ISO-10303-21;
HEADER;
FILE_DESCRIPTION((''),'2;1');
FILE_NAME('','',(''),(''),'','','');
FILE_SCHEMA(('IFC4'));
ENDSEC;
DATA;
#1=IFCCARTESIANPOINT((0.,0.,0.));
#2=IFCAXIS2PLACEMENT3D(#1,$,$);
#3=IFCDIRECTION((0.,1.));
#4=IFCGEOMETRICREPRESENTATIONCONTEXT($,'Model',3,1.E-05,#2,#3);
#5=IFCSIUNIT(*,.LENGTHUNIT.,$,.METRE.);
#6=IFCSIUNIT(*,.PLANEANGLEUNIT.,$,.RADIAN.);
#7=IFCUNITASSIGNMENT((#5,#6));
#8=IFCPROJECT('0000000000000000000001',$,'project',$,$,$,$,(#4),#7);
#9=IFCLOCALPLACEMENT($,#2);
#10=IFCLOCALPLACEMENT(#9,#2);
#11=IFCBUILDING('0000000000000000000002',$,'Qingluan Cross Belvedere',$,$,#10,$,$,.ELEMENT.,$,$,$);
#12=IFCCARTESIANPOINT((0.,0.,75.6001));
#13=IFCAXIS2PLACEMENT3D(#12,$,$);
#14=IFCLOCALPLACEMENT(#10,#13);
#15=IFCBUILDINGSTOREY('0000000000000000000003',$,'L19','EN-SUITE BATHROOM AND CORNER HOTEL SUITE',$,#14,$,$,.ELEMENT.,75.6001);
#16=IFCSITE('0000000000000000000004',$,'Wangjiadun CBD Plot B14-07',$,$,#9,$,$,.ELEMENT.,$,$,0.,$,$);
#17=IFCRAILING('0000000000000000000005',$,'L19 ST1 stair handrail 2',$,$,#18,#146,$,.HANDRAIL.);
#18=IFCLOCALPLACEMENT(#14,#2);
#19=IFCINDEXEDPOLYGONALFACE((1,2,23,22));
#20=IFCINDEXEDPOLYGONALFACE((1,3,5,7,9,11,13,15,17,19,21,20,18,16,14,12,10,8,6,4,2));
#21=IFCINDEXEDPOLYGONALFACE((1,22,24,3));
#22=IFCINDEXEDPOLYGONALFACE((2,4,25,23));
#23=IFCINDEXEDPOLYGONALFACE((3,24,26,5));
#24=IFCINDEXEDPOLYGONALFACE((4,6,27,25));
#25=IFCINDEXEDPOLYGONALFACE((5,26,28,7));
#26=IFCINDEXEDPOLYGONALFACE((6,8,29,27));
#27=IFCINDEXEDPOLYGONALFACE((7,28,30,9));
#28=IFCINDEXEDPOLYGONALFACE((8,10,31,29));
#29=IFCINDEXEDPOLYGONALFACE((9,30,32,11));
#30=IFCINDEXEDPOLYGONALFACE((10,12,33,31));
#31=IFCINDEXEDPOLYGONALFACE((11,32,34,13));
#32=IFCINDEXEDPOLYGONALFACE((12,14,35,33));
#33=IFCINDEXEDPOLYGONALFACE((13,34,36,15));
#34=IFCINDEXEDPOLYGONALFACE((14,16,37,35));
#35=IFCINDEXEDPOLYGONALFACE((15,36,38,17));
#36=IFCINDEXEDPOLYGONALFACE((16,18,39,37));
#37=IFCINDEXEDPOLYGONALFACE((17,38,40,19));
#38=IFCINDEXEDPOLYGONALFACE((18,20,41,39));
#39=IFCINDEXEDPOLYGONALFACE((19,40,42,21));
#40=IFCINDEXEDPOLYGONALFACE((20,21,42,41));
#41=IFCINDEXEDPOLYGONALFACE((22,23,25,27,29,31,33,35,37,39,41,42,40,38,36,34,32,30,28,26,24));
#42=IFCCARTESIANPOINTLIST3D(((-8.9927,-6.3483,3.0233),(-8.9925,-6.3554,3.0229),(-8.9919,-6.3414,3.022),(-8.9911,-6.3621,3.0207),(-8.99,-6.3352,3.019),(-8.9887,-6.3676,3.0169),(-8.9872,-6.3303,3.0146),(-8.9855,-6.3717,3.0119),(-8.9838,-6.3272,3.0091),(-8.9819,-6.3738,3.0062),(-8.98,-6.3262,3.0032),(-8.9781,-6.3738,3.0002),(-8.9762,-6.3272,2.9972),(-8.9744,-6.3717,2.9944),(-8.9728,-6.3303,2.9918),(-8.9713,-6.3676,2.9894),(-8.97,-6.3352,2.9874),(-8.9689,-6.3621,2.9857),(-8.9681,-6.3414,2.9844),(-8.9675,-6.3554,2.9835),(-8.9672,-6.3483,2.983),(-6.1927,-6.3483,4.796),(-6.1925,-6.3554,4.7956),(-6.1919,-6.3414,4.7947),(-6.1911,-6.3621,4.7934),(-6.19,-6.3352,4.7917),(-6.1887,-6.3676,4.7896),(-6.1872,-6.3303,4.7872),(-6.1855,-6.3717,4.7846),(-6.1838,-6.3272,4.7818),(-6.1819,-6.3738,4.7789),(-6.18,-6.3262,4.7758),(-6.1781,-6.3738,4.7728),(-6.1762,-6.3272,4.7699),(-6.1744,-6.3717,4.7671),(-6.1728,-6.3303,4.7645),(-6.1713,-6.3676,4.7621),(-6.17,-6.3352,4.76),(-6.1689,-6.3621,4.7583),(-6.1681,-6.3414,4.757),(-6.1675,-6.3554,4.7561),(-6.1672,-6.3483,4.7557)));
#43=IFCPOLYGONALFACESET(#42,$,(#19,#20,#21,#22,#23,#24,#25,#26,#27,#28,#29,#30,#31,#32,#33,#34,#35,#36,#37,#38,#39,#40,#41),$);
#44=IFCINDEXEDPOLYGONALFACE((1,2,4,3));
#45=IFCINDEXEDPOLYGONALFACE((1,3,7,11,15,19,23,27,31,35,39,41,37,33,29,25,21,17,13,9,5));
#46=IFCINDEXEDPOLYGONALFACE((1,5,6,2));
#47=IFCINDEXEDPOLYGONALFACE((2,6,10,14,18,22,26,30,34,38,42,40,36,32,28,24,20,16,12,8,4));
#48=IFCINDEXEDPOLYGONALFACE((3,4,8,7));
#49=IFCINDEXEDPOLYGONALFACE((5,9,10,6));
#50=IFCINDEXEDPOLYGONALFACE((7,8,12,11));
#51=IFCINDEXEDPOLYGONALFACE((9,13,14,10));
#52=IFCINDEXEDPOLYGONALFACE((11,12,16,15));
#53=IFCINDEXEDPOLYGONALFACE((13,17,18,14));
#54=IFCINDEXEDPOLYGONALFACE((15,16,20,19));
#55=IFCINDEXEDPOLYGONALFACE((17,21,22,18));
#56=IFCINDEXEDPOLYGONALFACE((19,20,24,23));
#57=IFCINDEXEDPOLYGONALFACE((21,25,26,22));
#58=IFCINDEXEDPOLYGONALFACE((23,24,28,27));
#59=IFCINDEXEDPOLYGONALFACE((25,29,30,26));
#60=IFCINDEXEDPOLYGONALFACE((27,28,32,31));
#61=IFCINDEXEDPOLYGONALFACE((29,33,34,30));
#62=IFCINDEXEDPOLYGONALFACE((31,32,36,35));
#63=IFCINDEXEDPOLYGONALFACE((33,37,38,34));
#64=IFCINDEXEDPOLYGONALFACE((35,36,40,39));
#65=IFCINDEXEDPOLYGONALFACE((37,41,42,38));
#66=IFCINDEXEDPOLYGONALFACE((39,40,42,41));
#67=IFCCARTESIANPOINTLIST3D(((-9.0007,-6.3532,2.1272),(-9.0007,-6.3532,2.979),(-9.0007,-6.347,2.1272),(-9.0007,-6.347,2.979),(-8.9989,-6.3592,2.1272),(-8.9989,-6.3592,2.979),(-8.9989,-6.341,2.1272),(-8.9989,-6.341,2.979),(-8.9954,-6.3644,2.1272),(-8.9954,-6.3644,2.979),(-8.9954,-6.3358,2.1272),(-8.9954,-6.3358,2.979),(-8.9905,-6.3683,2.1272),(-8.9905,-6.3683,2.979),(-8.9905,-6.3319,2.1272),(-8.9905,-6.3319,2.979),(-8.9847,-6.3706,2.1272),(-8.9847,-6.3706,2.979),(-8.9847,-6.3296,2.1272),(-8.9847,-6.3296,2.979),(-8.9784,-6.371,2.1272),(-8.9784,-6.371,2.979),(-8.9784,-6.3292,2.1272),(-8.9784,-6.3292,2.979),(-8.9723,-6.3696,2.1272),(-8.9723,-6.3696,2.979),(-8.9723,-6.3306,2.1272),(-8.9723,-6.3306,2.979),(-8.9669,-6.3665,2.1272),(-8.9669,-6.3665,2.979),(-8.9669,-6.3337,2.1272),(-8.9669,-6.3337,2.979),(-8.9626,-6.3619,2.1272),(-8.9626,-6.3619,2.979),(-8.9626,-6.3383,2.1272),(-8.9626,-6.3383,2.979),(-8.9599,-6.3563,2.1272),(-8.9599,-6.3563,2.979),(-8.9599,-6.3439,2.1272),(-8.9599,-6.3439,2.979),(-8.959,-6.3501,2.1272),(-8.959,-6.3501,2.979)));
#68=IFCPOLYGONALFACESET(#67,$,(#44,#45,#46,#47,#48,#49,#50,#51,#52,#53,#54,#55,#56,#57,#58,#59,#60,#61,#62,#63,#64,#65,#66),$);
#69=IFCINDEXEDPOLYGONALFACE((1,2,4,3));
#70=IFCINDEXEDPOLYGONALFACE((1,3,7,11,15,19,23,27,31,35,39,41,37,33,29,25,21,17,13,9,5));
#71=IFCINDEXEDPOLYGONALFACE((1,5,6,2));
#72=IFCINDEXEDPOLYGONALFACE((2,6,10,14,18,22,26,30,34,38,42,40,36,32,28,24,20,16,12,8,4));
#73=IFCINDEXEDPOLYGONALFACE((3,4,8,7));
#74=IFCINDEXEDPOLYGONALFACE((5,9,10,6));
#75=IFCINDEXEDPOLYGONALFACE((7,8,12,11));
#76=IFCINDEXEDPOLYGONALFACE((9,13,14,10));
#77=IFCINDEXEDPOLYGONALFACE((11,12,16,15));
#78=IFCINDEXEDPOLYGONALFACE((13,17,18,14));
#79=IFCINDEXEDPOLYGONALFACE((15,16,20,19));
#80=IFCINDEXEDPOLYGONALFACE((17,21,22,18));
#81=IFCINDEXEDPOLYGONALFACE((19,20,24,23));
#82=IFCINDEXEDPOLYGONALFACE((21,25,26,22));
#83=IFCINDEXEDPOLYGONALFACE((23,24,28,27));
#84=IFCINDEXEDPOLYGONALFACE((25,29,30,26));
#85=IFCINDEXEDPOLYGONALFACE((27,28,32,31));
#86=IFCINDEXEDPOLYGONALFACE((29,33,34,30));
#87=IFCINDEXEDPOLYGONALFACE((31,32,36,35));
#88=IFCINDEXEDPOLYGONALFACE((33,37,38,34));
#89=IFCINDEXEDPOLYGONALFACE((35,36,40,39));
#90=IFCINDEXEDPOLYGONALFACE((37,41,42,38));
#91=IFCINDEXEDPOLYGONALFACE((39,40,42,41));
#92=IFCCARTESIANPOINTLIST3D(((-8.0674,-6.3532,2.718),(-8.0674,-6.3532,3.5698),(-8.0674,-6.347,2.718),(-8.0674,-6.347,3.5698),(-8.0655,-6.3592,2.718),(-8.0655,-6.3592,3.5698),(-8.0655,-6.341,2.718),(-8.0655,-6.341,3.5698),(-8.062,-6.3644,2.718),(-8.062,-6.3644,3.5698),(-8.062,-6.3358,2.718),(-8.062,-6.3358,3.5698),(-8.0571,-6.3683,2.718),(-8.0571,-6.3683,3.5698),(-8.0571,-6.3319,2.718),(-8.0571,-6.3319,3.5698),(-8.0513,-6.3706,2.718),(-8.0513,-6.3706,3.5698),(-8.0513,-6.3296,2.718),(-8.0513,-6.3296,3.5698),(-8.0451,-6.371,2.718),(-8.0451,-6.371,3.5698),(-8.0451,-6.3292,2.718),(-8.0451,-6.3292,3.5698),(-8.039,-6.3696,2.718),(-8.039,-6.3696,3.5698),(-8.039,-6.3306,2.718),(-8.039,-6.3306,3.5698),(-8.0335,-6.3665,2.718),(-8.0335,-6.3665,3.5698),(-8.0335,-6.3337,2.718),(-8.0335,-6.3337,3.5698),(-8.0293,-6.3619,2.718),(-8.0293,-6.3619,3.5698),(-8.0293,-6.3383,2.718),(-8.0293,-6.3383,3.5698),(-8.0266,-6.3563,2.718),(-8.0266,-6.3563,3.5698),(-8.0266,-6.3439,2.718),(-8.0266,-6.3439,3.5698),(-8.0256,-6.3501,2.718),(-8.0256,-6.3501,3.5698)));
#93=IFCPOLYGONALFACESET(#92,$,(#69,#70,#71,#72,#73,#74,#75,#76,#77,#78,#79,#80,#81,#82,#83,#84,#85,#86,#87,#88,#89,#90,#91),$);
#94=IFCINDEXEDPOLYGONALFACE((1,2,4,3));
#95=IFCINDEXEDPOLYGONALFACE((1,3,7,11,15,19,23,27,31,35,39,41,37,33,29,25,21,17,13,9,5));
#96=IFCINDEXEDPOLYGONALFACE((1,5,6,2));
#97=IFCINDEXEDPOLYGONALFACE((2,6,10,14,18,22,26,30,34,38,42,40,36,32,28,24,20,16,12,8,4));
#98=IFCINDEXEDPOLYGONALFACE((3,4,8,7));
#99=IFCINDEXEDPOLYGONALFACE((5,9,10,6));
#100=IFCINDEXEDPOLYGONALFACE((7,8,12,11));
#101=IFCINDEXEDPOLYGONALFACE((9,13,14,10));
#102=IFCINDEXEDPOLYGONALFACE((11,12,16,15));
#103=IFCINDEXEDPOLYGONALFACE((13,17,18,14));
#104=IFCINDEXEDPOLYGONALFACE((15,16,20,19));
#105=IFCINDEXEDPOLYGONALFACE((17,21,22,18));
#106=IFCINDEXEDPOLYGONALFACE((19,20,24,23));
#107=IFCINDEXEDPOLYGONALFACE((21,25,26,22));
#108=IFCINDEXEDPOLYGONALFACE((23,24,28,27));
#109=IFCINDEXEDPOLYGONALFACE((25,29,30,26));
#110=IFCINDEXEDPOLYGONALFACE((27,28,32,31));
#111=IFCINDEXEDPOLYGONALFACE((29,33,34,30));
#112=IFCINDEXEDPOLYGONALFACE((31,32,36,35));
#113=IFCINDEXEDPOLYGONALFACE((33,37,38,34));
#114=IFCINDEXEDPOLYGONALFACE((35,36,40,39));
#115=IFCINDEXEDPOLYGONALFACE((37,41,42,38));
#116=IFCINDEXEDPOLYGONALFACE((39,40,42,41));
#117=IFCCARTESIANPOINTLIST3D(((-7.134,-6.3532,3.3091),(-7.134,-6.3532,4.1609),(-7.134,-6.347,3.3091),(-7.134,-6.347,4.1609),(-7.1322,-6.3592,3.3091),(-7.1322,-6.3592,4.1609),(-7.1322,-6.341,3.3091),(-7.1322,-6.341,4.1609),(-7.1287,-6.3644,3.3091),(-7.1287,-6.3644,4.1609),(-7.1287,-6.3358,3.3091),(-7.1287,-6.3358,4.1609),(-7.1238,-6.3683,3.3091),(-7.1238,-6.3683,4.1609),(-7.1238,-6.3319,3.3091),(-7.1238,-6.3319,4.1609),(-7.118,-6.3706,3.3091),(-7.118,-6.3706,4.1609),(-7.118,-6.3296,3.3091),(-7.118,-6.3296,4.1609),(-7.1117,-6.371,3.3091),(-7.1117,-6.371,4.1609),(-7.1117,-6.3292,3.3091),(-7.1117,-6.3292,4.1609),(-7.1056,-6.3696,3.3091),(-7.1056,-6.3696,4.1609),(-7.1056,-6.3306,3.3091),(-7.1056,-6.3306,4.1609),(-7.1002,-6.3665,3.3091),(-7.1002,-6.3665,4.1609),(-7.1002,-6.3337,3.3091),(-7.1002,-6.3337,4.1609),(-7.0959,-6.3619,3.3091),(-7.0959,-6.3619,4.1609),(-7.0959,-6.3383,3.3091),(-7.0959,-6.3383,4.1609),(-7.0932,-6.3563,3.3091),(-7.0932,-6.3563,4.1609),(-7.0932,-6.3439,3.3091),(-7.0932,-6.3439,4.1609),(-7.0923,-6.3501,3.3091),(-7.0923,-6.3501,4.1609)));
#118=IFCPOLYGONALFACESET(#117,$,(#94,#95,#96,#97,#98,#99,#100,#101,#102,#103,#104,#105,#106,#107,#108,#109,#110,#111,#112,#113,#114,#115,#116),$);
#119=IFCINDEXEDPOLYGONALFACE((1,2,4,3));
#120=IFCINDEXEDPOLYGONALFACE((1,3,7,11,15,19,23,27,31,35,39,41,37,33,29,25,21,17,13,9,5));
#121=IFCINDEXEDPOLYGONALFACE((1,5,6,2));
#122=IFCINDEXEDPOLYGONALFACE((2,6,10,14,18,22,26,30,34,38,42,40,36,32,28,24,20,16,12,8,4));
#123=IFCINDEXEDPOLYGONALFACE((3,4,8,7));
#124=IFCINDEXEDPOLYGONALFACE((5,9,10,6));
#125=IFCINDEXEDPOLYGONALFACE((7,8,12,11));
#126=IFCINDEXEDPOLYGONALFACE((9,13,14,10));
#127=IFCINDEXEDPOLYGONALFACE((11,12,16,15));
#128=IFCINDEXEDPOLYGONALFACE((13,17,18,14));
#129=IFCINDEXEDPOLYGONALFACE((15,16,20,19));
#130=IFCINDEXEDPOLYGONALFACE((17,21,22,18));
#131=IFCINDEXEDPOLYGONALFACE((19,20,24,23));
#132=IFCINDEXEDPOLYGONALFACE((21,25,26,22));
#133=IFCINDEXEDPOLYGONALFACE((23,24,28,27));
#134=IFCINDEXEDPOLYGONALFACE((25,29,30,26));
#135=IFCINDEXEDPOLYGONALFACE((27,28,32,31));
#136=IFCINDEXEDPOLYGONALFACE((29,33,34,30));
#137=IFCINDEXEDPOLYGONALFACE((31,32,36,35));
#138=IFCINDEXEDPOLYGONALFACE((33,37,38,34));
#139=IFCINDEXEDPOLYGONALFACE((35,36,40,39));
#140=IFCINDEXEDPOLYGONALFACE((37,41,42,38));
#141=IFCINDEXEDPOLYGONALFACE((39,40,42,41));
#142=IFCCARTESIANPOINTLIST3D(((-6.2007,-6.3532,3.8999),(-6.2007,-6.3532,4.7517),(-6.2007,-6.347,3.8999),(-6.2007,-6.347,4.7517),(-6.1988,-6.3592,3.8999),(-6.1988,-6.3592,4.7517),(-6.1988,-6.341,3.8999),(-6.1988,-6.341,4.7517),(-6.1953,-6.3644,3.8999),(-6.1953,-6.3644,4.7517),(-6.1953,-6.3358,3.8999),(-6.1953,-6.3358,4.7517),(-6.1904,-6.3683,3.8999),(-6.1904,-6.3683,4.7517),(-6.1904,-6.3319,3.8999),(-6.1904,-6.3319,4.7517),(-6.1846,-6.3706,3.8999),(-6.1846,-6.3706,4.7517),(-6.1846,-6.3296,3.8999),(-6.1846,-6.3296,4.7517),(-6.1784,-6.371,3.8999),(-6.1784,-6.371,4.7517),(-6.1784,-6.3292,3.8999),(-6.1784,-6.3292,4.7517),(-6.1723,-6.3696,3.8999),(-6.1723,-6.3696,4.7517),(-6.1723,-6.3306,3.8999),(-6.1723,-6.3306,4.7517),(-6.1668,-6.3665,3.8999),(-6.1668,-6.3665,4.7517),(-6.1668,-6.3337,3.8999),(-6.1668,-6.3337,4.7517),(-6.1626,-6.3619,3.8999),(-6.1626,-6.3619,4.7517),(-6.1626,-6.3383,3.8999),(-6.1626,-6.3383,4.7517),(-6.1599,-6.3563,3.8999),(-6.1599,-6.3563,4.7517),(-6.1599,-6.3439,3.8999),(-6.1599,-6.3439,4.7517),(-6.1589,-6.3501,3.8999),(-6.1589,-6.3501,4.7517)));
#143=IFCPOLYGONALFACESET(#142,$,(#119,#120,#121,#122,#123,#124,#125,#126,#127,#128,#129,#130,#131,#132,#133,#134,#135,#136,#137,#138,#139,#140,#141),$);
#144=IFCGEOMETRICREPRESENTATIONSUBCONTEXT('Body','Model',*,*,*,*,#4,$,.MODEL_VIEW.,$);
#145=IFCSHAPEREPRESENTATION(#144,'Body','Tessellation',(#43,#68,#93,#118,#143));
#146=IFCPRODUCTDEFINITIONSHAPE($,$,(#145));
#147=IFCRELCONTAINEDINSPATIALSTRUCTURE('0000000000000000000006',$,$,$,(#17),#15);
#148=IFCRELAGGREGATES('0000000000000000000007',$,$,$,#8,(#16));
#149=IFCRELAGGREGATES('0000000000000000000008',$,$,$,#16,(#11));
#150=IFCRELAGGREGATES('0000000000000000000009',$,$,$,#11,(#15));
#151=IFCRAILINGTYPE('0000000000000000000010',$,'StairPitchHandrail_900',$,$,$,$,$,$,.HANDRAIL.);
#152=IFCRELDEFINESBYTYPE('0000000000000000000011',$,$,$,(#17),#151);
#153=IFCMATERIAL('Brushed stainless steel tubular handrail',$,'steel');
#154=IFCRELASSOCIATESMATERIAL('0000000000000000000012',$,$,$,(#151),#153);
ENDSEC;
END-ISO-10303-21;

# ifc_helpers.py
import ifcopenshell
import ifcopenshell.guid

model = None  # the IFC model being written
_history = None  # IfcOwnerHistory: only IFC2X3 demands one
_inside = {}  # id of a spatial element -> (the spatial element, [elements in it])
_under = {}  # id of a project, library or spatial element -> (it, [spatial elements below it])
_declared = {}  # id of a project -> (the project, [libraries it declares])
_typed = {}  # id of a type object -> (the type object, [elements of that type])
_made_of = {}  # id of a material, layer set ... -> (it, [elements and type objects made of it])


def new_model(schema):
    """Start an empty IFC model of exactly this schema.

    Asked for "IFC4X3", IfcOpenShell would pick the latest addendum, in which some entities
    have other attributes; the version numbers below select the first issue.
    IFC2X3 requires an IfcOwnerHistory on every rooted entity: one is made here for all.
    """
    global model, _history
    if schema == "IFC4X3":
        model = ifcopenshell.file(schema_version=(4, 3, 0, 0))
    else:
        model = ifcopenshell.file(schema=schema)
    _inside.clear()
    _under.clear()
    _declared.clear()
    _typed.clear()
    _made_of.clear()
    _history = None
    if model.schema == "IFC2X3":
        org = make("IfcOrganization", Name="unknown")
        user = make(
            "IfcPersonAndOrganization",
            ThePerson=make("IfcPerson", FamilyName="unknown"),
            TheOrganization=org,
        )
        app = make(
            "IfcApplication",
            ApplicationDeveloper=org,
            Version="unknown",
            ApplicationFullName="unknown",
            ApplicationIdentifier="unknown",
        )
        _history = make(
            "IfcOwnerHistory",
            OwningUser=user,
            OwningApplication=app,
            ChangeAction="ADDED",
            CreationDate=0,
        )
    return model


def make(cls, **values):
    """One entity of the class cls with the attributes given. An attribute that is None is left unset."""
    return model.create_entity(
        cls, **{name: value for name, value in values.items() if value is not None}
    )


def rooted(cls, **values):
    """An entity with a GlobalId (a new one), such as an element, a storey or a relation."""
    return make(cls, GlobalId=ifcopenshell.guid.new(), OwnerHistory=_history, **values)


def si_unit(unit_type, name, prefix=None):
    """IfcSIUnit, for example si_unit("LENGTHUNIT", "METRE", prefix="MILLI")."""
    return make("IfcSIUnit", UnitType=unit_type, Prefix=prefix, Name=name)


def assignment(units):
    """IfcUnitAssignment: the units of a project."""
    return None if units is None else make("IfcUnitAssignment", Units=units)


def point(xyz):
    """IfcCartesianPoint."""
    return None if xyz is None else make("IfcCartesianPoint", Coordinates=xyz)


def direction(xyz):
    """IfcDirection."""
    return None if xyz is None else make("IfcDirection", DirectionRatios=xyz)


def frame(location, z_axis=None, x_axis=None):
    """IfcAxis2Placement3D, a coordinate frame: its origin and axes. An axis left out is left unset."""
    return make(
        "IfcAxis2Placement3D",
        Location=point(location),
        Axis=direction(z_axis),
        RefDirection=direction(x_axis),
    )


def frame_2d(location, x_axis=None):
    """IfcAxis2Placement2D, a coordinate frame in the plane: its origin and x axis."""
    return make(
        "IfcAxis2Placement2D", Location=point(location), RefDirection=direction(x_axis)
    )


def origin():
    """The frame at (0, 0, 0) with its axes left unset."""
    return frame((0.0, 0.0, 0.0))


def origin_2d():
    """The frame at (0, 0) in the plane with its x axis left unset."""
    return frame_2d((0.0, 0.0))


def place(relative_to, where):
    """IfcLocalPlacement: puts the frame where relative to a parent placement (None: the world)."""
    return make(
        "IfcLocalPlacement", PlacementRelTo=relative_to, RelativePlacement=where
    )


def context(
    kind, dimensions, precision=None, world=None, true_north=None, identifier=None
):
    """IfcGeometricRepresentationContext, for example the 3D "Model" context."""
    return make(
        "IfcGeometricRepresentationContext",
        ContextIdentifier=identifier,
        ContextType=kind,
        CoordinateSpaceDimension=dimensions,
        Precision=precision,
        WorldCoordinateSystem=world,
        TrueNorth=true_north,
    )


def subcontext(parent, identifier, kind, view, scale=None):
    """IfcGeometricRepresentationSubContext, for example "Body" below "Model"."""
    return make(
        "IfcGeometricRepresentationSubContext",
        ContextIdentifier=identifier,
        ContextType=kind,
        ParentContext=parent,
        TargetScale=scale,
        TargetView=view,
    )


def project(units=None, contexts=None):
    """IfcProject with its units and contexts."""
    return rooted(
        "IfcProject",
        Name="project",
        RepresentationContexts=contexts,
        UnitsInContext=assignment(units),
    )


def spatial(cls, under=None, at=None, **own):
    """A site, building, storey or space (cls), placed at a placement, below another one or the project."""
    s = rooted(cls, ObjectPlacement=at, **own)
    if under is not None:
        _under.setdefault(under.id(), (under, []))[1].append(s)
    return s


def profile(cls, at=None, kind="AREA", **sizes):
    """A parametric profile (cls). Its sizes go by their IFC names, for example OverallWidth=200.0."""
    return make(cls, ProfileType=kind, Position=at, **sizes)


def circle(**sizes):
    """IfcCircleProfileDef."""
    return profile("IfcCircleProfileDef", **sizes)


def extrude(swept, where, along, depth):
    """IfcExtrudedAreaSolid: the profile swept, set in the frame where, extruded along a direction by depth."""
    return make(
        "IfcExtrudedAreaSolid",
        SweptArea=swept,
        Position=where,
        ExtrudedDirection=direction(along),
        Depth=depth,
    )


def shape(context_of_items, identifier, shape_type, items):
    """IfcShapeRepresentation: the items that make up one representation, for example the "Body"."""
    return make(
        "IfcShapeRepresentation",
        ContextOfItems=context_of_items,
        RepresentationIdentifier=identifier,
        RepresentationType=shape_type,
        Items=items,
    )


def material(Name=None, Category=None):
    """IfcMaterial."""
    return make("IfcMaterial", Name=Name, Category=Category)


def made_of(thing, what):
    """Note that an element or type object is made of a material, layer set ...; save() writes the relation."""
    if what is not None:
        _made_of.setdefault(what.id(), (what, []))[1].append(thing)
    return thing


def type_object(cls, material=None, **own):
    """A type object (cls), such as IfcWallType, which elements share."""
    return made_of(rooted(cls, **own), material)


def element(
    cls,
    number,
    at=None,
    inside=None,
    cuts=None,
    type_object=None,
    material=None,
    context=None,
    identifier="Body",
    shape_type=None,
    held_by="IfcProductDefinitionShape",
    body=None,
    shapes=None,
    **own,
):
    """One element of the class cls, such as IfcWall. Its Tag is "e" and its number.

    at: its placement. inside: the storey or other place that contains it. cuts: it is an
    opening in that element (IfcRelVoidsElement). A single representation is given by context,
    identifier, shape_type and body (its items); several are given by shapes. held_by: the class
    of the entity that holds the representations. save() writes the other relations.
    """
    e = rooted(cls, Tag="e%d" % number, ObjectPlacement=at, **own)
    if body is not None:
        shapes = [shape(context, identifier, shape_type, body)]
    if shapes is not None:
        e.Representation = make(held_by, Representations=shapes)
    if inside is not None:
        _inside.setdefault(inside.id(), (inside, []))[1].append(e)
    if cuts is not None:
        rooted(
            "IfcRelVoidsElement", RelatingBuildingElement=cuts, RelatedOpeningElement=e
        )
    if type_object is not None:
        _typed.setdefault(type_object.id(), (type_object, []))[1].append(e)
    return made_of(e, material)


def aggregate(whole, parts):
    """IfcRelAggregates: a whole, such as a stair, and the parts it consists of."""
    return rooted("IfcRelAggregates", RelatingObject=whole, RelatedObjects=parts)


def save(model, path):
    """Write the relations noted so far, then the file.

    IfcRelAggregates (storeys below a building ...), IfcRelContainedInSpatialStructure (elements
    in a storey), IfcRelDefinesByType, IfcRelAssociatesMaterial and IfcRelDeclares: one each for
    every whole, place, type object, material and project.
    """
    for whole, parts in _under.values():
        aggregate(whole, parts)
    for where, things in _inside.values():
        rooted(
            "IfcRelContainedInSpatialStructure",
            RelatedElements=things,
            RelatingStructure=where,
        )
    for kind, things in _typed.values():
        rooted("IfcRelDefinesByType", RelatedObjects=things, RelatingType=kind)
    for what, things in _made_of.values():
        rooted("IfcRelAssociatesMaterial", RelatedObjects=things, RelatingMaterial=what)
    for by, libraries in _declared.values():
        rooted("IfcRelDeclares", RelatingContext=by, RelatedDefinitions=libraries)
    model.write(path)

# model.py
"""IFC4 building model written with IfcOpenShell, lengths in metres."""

from ifc_helpers import new_model, si_unit, direction, frame, origin, origin_2d, place, context, subcontext, project, spatial, circle, extrude, material, type_object, element, save


model = new_model("IFC4")

# Units and contexts
model_context = context("Model", 3, precision=1e-05, world=origin(), true_north=direction((0.0, 1.0)))
body_context = subcontext(model_context, "Body", "Model", "MODEL_VIEW")
ifc_project = project(units=[si_unit("LENGTHUNIT", "METRE"), si_unit("PLANEANGLEUNIT", "RADIAN")], contexts=[model_context])

# Site, building, storey
site_placement = place(None, origin())
site = spatial("IfcSite", under=ifc_project, at=site_placement, Name="Wangjiadun CBD Plot B14-07", CompositionType="ELEMENT", RefElevation=0.0)
building_placement = place(site_placement, origin())
building = spatial("IfcBuilding", under=site, at=building_placement, Name="Qingluan Cross Belvedere", CompositionType="ELEMENT")
storey_placement = place(building_placement, frame((0.0, 0.0, 75.6001)))
storey = spatial("IfcBuildingStorey", under=building, at=storey_placement, Name="L19", Description="EN-SUITE BATHROOM AND CORNER HOTEL SUITE", CompositionType="ELEMENT", Elevation=75.6001)

# Railing
ifc_material_1 = material(Name="Brushed stainless steel tubular handrail", Category="steel")
railing_type_1 = type_object("IfcRailingType", Name="StairPitchHandrail_900", PredefinedType="HANDRAIL", material=ifc_material_1)
railing_1_placement = place(storey_placement, frame((-8.98, -6.3501, 2.1272)))
element("IfcRailing", 1, at=railing_1_placement, inside=storey, type_object=railing_type_1, Name="L19 ST1 stair handrail 2", PredefinedType="HANDRAIL", context=body_context, shape_type="SweptSolid", body=[
    extrude(circle(Radius=0.0239, at=origin_2d()), frame((0.0, 0.0, 0.876), z_axis=(0.844909, 0.0, 0.53491), x_axis=(0.0, 1.0, 0.0)), (0.0, 0.0, 1.0), 3.314),
    extrude(circle(Radius=0.021, at=origin_2d()), origin(), (0.0, 0.0, 1.0), 0.8518),
    extrude(circle(Radius=0.021, at=origin_2d()), frame((0.9333, 0.0, 0.5908)), (0.0, 0.0, 1.0), 0.8518),
    extrude(circle(Radius=0.021, at=origin_2d()), frame((1.8667, 0.0, 1.1819)), (0.0, 0.0, 1.0), 0.8518),
    extrude(circle(Radius=0.021, at=origin_2d()), frame((2.8, 0.0, 1.7727)), (0.0, 0.0, 1.0), 0.8518),
])

save(model, "model.ifc")
